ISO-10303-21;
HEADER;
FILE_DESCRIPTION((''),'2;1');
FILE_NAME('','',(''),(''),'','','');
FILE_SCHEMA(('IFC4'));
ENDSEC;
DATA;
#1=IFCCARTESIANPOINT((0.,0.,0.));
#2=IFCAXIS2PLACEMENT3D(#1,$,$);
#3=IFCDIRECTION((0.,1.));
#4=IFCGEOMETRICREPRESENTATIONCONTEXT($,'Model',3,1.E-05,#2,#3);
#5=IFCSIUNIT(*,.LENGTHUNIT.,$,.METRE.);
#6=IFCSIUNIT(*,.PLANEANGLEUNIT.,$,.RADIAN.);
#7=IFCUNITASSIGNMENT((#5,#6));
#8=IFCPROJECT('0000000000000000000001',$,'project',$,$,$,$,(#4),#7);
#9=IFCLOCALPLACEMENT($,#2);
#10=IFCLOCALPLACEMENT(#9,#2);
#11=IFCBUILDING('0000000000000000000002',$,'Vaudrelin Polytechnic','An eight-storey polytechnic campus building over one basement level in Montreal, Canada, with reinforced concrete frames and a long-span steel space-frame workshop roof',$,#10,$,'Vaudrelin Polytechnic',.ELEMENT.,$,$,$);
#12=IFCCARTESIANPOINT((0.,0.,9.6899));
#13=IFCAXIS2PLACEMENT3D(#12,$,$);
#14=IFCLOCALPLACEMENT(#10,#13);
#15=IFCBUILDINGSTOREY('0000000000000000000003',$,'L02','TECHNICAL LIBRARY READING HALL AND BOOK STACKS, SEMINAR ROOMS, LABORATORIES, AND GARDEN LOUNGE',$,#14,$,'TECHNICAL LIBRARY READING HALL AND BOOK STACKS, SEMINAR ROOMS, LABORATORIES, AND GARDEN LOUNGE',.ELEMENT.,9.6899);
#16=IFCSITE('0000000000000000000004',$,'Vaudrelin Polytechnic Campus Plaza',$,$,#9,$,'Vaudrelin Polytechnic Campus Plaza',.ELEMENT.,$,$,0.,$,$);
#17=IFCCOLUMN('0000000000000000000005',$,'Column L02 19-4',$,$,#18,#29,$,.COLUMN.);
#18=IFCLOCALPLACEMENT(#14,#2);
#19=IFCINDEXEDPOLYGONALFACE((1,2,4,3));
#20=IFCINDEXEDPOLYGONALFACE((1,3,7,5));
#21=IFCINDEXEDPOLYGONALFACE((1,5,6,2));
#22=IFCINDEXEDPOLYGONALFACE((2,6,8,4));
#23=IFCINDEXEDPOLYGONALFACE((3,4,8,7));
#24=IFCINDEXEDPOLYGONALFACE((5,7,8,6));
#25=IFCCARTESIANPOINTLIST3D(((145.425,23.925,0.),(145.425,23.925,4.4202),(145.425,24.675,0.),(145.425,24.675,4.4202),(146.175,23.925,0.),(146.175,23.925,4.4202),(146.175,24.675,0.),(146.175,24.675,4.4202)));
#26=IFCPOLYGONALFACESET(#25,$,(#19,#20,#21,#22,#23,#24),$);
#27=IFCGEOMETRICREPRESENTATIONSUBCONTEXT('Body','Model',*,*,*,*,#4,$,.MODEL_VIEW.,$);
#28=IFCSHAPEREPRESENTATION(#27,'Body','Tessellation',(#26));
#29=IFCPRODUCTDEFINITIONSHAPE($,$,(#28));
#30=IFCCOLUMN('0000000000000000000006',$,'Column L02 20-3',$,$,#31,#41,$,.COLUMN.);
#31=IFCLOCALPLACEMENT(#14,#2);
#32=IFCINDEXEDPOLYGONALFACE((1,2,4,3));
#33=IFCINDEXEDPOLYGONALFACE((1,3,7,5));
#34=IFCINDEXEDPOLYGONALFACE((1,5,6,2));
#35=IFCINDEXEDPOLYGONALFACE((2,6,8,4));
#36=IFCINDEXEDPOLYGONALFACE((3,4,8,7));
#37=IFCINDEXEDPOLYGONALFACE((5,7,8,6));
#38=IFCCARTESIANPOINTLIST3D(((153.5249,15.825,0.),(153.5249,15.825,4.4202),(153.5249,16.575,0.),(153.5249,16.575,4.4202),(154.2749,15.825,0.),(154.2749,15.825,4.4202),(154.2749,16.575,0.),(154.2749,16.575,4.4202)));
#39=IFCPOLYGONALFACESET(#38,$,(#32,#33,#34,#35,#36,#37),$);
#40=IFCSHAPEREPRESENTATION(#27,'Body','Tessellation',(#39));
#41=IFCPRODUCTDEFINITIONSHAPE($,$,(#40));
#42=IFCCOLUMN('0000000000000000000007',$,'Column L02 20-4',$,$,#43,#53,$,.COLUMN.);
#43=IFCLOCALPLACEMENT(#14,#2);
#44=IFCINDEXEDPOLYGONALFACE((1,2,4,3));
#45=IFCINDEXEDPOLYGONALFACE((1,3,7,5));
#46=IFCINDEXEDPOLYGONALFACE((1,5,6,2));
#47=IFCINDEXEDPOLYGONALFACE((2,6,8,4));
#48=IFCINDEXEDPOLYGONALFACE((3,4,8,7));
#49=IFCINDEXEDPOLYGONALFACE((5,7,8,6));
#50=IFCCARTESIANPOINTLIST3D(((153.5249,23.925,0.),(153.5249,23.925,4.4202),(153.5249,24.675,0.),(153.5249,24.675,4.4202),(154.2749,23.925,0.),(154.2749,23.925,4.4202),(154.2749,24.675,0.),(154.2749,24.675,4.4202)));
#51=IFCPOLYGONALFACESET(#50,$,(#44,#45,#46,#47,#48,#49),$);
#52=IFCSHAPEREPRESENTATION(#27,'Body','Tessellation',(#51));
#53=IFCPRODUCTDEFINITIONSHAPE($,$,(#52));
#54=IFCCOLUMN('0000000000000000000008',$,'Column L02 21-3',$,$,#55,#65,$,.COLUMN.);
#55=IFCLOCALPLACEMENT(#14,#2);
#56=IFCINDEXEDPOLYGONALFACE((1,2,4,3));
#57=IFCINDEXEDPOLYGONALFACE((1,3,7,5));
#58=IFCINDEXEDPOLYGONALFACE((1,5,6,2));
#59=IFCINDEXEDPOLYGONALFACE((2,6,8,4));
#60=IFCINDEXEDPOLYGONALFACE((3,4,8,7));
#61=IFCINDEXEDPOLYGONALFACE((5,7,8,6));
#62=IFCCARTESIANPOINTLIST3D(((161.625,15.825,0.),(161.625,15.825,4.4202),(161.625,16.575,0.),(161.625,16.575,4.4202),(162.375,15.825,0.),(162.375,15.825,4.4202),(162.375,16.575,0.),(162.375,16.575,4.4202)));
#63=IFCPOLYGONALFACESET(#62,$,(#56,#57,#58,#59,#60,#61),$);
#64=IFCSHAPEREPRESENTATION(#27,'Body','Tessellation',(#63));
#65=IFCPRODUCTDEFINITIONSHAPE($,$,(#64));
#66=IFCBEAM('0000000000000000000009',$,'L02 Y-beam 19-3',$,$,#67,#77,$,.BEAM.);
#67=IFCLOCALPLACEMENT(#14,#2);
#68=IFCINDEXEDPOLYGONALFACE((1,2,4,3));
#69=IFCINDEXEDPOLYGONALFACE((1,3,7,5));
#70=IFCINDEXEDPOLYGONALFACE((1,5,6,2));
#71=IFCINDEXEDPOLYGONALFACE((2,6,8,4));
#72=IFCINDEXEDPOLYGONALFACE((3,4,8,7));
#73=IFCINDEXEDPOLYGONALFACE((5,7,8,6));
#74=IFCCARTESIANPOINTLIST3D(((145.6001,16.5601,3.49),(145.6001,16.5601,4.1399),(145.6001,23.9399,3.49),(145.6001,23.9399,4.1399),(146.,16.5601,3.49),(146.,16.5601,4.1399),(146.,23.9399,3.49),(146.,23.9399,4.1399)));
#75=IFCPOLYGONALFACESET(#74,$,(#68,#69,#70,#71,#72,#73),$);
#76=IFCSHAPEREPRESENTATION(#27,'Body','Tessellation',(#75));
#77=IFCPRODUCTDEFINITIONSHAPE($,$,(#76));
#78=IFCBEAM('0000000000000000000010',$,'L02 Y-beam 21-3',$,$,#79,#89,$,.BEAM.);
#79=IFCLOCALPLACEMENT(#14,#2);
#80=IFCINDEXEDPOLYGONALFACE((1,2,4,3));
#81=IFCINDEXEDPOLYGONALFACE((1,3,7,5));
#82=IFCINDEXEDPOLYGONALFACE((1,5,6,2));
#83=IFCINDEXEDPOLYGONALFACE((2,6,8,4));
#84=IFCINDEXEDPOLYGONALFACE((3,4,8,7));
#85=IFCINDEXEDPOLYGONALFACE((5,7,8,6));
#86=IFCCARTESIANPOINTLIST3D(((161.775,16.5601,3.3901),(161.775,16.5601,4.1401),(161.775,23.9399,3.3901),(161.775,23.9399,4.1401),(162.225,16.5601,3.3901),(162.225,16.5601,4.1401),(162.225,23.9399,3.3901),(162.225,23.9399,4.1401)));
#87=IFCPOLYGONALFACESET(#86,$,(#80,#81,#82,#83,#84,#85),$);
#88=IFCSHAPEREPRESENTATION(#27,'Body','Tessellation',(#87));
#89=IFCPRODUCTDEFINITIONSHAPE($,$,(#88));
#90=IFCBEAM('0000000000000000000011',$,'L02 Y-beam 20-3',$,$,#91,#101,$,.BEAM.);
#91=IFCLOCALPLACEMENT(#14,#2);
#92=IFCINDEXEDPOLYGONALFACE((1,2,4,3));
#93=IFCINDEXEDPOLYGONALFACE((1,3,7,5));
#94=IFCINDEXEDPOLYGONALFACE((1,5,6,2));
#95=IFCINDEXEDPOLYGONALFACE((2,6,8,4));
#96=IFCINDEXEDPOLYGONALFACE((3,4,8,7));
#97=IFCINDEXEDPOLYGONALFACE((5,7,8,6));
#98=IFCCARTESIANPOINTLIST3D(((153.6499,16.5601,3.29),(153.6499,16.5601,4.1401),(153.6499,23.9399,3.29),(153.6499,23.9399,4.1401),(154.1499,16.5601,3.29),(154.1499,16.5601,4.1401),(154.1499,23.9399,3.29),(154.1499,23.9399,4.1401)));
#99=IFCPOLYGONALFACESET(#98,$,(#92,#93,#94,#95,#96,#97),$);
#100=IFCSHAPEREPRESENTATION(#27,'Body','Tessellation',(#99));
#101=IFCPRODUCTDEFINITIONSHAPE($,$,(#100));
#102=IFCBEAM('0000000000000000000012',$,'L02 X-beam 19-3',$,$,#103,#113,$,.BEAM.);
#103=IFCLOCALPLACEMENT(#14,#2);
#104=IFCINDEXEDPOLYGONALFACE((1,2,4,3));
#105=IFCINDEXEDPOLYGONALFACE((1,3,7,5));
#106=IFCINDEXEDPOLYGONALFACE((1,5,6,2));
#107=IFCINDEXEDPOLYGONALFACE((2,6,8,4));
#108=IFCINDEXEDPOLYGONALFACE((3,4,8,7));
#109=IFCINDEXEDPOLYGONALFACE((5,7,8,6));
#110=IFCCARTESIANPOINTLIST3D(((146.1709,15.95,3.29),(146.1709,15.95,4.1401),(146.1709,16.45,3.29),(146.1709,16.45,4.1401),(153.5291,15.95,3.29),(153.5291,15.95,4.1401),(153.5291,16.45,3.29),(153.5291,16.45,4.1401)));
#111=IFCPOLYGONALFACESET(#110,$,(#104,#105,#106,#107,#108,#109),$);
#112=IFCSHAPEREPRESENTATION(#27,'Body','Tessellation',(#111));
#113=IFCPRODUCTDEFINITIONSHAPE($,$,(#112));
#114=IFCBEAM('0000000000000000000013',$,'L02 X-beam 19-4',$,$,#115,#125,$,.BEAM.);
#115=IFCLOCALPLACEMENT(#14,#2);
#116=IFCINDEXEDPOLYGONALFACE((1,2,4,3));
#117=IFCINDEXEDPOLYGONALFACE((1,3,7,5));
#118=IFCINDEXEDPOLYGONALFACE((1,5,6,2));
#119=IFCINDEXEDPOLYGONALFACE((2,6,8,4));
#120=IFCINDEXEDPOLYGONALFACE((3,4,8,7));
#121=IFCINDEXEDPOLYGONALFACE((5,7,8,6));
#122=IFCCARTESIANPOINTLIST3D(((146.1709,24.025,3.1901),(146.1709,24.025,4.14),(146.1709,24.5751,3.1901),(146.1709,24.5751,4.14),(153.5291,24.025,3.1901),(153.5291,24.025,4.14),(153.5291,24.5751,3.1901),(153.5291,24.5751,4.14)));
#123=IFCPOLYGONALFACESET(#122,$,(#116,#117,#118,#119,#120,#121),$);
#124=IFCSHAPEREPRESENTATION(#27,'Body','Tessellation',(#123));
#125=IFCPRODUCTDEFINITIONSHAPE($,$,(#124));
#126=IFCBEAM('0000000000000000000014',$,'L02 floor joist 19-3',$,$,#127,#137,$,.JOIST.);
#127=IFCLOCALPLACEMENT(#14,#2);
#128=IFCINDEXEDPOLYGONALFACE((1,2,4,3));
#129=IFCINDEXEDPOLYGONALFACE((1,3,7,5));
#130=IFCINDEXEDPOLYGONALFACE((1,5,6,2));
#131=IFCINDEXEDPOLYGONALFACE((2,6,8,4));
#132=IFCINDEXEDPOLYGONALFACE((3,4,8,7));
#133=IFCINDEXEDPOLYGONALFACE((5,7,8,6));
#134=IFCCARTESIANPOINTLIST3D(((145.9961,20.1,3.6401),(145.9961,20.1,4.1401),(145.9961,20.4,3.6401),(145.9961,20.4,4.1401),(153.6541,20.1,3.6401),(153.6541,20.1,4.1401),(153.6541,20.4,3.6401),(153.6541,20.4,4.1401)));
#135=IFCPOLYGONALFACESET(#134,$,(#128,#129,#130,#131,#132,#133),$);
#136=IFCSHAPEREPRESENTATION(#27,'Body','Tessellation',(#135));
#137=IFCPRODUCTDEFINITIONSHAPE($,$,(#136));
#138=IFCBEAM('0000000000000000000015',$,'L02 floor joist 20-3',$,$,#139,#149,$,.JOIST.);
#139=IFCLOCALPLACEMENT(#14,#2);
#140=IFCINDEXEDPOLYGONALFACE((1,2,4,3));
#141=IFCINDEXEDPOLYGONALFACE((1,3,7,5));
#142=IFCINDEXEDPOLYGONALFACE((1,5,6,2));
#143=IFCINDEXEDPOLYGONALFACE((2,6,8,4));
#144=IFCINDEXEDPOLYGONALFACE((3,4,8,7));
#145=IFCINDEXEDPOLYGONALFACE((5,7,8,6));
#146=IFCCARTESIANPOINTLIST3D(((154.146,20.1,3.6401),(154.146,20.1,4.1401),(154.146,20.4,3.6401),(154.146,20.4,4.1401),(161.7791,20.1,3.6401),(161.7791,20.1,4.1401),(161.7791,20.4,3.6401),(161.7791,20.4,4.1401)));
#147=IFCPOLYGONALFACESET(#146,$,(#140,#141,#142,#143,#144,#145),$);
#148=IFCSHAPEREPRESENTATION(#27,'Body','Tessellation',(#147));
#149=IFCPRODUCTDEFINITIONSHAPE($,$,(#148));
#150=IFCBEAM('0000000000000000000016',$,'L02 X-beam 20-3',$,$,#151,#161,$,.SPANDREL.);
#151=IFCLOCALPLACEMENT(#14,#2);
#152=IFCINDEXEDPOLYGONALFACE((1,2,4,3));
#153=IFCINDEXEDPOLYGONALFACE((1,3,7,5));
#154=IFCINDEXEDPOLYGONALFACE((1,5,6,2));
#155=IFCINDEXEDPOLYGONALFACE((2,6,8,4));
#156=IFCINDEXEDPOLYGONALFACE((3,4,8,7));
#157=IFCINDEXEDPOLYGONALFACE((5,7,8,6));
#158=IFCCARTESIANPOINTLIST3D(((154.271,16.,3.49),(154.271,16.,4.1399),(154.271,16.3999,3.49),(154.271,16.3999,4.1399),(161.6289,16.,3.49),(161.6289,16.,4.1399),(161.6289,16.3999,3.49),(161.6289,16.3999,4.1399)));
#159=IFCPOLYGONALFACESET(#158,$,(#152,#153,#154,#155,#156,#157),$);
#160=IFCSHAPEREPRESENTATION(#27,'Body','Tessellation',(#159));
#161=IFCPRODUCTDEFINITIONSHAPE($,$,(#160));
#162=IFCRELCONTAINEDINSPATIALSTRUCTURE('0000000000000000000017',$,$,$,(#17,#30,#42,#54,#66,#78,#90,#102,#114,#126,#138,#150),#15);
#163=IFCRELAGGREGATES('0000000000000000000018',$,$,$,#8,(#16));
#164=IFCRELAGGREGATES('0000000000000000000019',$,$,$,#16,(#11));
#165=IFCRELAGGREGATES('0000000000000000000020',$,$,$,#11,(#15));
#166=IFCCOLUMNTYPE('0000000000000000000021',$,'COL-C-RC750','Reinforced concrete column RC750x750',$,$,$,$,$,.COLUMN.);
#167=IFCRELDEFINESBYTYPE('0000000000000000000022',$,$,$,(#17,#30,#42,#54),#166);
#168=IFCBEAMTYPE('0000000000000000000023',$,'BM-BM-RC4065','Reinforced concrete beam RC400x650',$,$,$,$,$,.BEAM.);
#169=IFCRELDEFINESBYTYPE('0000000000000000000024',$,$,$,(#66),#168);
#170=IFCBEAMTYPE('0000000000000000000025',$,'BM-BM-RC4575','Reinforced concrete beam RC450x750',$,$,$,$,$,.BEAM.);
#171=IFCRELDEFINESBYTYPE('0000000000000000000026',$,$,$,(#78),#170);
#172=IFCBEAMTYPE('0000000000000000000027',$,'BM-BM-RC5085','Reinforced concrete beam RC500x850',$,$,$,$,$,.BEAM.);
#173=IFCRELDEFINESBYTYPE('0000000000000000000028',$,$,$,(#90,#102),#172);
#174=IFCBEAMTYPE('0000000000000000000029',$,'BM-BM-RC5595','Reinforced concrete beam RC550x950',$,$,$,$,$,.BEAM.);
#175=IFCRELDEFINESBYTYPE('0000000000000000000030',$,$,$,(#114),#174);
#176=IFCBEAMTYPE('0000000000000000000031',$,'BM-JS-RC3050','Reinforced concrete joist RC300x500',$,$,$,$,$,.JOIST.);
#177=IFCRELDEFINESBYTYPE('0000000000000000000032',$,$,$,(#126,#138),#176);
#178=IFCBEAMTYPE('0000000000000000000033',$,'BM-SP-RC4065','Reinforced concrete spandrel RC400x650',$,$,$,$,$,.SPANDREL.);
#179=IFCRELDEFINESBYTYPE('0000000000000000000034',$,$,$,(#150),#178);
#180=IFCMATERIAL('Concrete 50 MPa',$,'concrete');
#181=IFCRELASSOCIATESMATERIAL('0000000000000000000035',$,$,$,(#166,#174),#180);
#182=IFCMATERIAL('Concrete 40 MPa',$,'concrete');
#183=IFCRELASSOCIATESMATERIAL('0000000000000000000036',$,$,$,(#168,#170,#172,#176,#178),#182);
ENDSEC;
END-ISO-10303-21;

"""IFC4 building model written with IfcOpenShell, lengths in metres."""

from ifc_helpers import new_model, si_unit, direction, frame, origin, origin_2d, place, context, subcontext, project, spatial, rectangle, extrude, material, material_profile, profile_set, type_object, element, save


model = new_model("IFC4")

# Units and contexts
model_context = context("Model", 3, precision=1e-05, world=origin(), true_north=direction((0.0, 1.0)))
body_context = subcontext(model_context, "Body", "Model", "MODEL_VIEW")
ifc_project = project(units=[si_unit("LENGTHUNIT", "METRE"), si_unit("PLANEANGLEUNIT", "RADIAN")], contexts=[model_context])

# Site, building, storey
site_placement = place(None, origin())
site = spatial("IfcSite", under=ifc_project, at=site_placement, Name="Vaudrelin Polytechnic Campus Plaza", LongName="Vaudrelin Polytechnic Campus Plaza", CompositionType="ELEMENT", RefElevation=0.0)
building_placement = place(site_placement, origin())
building = spatial("IfcBuilding", under=site, at=building_placement, Name="Vaudrelin Polytechnic", Description="An eight-storey polytechnic campus building over one basement level in Montreal, Canada, with reinforced concrete frames and a long-span steel space-frame workshop roof", LongName="Vaudrelin Polytechnic", CompositionType="ELEMENT")
storey_placement = place(building_placement, frame((0.0, 0.0, 9.6899)))
storey = spatial("IfcBuildingStorey", under=building, at=storey_placement, Name="L02", Description="TECHNICAL LIBRARY READING HALL AND BOOK STACKS, SEMINAR ROOMS, LABORATORIES, AND GARDEN LOUNGE", LongName="TECHNICAL LIBRARY READING HALL AND BOOK STACKS, SEMINAR ROOMS, LABORATORIES, AND GARDEN LOUNGE", CompositionType="ELEMENT", Elevation=9.6899)

# Columns
ifc_material_1 = material(Name="Concrete 50 MPa", Category="concrete")
ifc_material_profile_1 = material_profile(ifc_material_1, rectangle(XDim=0.75, YDim=0.75, at=origin_2d()), Name="RC750x750")
ifc_profile_set_1 = profile_set([ifc_material_profile_1], Name="Concrete 50 MPa")
column_type = type_object("IfcColumnType", Name="COL-C-RC750", Description="Reinforced concrete column RC750x750", PredefinedType="COLUMN", material=ifc_profile_set_1)
for number, where, z_axis, x_axis, name in (
    (1, (145.8, 24.3, 0.0), (0.0, 0.0, 1.0), (1.0, 0.0, 0.0), "Column L02 19-4"),
    (2, (153.8999, 16.2, 0.0), (0.0, 0.0, 1.0), (1.0, 0.0, 0.0), "Column L02 20-3"),
    (3, (153.8999, 24.3, 0.0), (0.0, 0.0, 1.0), (1.0, 0.0, 0.0), "Column L02 20-4"),
    (4, (162.0, 16.2, 0.0), (0.0, 0.0, 1.0), (1.0, 0.0, 0.0), "Column L02 21-3"),
):
    element("IfcColumn", number, at=place(storey_placement, frame(where, z_axis=z_axis, x_axis=x_axis)), inside=storey, type_object=column_type, Name=name, PredefinedType="COLUMN", context=body_context, shape_type="SweptSolid", body=[
        extrude(rectangle(XDim=0.75, YDim=0.75, at=origin_2d()), origin(), (0.0, 0.0, 1.0), 4.4202),
    ])

# Beams
ifc_material_2 = material(Name="Concrete 40 MPa", Category="concrete")
ifc_material_profile_2 = material_profile(ifc_material_2, rectangle(XDim=0.3999, YDim=0.6499, at=origin_2d()), Name="RC400x650")
ifc_profile_set_2 = profile_set([ifc_material_profile_2], Name="Concrete 40 MPa")
beam_type_1 = type_object("IfcBeamType", Name="BM-BM-RC4065", Description="Reinforced concrete beam RC400x650", PredefinedType="BEAM", material=ifc_profile_set_2)
beam_1_placement = place(storey_placement, frame((145.8, 16.5601, 3.8149), z_axis=(0.0, 1.0, 0.0), x_axis=(-1.0, 0.0, 0.0)))
element("IfcBeam", 5, at=beam_1_placement, inside=storey, type_object=beam_type_1, Name="L02 Y-beam 19-3", PredefinedType="BEAM", context=body_context, shape_type="SweptSolid", body=[
    extrude(rectangle(XDim=0.3999, YDim=0.6499, at=origin_2d()), origin(), (0.0, 0.0, 1.0), 7.3799),
])
ifc_material_profile_3 = material_profile(ifc_material_2, rectangle(XDim=0.45, YDim=0.75, at=origin_2d()), Name="RC450x750")
ifc_profile_set_3 = profile_set([ifc_material_profile_3], Name="Concrete 40 MPa")
beam_type_2 = type_object("IfcBeamType", Name="BM-BM-RC4575", Description="Reinforced concrete beam RC450x750", PredefinedType="BEAM", material=ifc_profile_set_3)
beam_2_placement = place(storey_placement, frame((162.0, 16.5601, 3.7651), z_axis=(0.0, 1.0, 0.0), x_axis=(-1.0, 0.0, 0.0)))
element("IfcBeam", 6, at=beam_2_placement, inside=storey, type_object=beam_type_2, Name="L02 Y-beam 21-3", PredefinedType="BEAM", context=body_context, shape_type="SweptSolid", body=[
    extrude(rectangle(XDim=0.45, YDim=0.75, at=origin_2d()), origin(), (0.0, 0.0, 1.0), 7.3799),
])
ifc_material_profile_4 = material_profile(ifc_material_2, rectangle(XDim=0.5, YDim=0.8501, at=origin_2d()), Name="RC500x850")
ifc_profile_set_4 = profile_set([ifc_material_profile_4], Name="Concrete 40 MPa")
beam_type_3 = type_object("IfcBeamType", Name="BM-BM-RC5085", Description="Reinforced concrete beam RC500x850", PredefinedType="BEAM", material=ifc_profile_set_4)
beam_3_placement = place(storey_placement, frame((153.8999, 16.5601, 3.7151), z_axis=(0.0, 1.0, 0.0), x_axis=(-1.0, 0.0, 0.0)))
element("IfcBeam", 7, at=beam_3_placement, inside=storey, type_object=beam_type_3, Name="L02 Y-beam 20-3", PredefinedType="BEAM", context=body_context, shape_type="SweptSolid", body=[
    extrude(rectangle(XDim=0.5, YDim=0.8501, at=origin_2d()), origin(), (0.0, 0.0, 1.0), 7.3799),
])
beam_4_placement = place(storey_placement, frame((146.1709, 16.2, 3.7151), z_axis=(1.0, 0.0, 0.0), x_axis=(0.0, 1.0, 0.0)))
element("IfcBeam", 8, at=beam_4_placement, inside=storey, type_object=beam_type_3, Name="L02 X-beam 19-3", PredefinedType="BEAM", context=body_context, shape_type="SweptSolid", body=[
    extrude(rectangle(XDim=0.5, YDim=0.8501, at=origin_2d()), origin(), (0.0, 0.0, 1.0), 7.3582),
])
ifc_material_profile_5 = material_profile(ifc_material_1, rectangle(XDim=0.55, YDim=0.95, at=origin_2d()), Name="RC550x950")
ifc_profile_set_5 = profile_set([ifc_material_profile_5], Name="Concrete 50 MPa")
beam_type_4 = type_object("IfcBeamType", Name="BM-BM-RC5595", Description="Reinforced concrete beam RC550x950", PredefinedType="BEAM", material=ifc_profile_set_5)
beam_5_placement = place(storey_placement, frame((146.1709, 24.3, 3.665), z_axis=(1.0, 0.0, 0.0), x_axis=(0.0, 1.0, 0.0)))
element("IfcBeam", 9, at=beam_5_placement, inside=storey, type_object=beam_type_4, Name="L02 X-beam 19-4", PredefinedType="BEAM", context=body_context, shape_type="SweptSolid", body=[
    extrude(rectangle(XDim=0.55, YDim=0.95, at=origin_2d()), origin(), (0.0, 0.0, 1.0), 7.3582),
])
ifc_material_profile_6 = material_profile(ifc_material_2, rectangle(XDim=0.3, YDim=0.5, at=origin_2d()), Name="RC300x500")
ifc_profile_set_6 = profile_set([ifc_material_profile_6], Name="Concrete 40 MPa")
beam_type_5 = type_object("IfcBeamType", Name="BM-JS-RC3050", Description="Reinforced concrete joist RC300x500", PredefinedType="JOIST", material=ifc_profile_set_6)
beam_6_placement = place(storey_placement, frame((145.9961, 20.25, 3.8901), z_axis=(1.0, 0.0, 0.0), x_axis=(0.0, 1.0, 0.0)))
element("IfcBeam", 10, at=beam_6_placement, inside=storey, type_object=beam_type_5, Name="L02 floor joist 19-3", PredefinedType="JOIST", context=body_context, shape_type="SweptSolid", body=[
    extrude(rectangle(XDim=0.3, YDim=0.5, at=origin_2d()), origin(), (0.0, 0.0, 1.0), 7.658),
])
beam_7_placement = place(storey_placement, frame((154.146, 20.25, 3.8901), z_axis=(1.0, 0.0, 0.0), x_axis=(0.0, 1.0, 0.0)))
element("IfcBeam", 11, at=beam_7_placement, inside=storey, type_object=beam_type_5, Name="L02 floor joist 20-3", PredefinedType="JOIST", context=body_context, shape_type="SweptSolid", body=[
    extrude(rectangle(XDim=0.3, YDim=0.5, at=origin_2d()), origin(), (0.0, 0.0, 1.0), 7.6331),
])
ifc_material_profile_7 = material_profile(ifc_material_2, rectangle(XDim=0.3999, YDim=0.6499, at=origin_2d()), Name="RC400x650")
ifc_profile_set_7 = profile_set([ifc_material_profile_7], Name="Concrete 40 MPa")
beam_type_6 = type_object("IfcBeamType", Name="BM-SP-RC4065", Description="Reinforced concrete spandrel RC400x650", PredefinedType="SPANDREL", material=ifc_profile_set_7)
beam_8_placement = place(storey_placement, frame((154.271, 16.2, 3.8149), z_axis=(1.0, 0.0, 0.0), x_axis=(0.0, 1.0, 0.0)))
element("IfcBeam", 12, at=beam_8_placement, inside=storey, type_object=beam_type_6, Name="L02 X-beam 20-3", PredefinedType="SPANDREL", context=body_context, shape_type="SweptSolid", body=[
    extrude(rectangle(XDim=0.3999, YDim=0.6499, at=origin_2d()), origin(), (0.0, 0.0, 1.0), 7.3579),
])

save(model, "model.ifc")
